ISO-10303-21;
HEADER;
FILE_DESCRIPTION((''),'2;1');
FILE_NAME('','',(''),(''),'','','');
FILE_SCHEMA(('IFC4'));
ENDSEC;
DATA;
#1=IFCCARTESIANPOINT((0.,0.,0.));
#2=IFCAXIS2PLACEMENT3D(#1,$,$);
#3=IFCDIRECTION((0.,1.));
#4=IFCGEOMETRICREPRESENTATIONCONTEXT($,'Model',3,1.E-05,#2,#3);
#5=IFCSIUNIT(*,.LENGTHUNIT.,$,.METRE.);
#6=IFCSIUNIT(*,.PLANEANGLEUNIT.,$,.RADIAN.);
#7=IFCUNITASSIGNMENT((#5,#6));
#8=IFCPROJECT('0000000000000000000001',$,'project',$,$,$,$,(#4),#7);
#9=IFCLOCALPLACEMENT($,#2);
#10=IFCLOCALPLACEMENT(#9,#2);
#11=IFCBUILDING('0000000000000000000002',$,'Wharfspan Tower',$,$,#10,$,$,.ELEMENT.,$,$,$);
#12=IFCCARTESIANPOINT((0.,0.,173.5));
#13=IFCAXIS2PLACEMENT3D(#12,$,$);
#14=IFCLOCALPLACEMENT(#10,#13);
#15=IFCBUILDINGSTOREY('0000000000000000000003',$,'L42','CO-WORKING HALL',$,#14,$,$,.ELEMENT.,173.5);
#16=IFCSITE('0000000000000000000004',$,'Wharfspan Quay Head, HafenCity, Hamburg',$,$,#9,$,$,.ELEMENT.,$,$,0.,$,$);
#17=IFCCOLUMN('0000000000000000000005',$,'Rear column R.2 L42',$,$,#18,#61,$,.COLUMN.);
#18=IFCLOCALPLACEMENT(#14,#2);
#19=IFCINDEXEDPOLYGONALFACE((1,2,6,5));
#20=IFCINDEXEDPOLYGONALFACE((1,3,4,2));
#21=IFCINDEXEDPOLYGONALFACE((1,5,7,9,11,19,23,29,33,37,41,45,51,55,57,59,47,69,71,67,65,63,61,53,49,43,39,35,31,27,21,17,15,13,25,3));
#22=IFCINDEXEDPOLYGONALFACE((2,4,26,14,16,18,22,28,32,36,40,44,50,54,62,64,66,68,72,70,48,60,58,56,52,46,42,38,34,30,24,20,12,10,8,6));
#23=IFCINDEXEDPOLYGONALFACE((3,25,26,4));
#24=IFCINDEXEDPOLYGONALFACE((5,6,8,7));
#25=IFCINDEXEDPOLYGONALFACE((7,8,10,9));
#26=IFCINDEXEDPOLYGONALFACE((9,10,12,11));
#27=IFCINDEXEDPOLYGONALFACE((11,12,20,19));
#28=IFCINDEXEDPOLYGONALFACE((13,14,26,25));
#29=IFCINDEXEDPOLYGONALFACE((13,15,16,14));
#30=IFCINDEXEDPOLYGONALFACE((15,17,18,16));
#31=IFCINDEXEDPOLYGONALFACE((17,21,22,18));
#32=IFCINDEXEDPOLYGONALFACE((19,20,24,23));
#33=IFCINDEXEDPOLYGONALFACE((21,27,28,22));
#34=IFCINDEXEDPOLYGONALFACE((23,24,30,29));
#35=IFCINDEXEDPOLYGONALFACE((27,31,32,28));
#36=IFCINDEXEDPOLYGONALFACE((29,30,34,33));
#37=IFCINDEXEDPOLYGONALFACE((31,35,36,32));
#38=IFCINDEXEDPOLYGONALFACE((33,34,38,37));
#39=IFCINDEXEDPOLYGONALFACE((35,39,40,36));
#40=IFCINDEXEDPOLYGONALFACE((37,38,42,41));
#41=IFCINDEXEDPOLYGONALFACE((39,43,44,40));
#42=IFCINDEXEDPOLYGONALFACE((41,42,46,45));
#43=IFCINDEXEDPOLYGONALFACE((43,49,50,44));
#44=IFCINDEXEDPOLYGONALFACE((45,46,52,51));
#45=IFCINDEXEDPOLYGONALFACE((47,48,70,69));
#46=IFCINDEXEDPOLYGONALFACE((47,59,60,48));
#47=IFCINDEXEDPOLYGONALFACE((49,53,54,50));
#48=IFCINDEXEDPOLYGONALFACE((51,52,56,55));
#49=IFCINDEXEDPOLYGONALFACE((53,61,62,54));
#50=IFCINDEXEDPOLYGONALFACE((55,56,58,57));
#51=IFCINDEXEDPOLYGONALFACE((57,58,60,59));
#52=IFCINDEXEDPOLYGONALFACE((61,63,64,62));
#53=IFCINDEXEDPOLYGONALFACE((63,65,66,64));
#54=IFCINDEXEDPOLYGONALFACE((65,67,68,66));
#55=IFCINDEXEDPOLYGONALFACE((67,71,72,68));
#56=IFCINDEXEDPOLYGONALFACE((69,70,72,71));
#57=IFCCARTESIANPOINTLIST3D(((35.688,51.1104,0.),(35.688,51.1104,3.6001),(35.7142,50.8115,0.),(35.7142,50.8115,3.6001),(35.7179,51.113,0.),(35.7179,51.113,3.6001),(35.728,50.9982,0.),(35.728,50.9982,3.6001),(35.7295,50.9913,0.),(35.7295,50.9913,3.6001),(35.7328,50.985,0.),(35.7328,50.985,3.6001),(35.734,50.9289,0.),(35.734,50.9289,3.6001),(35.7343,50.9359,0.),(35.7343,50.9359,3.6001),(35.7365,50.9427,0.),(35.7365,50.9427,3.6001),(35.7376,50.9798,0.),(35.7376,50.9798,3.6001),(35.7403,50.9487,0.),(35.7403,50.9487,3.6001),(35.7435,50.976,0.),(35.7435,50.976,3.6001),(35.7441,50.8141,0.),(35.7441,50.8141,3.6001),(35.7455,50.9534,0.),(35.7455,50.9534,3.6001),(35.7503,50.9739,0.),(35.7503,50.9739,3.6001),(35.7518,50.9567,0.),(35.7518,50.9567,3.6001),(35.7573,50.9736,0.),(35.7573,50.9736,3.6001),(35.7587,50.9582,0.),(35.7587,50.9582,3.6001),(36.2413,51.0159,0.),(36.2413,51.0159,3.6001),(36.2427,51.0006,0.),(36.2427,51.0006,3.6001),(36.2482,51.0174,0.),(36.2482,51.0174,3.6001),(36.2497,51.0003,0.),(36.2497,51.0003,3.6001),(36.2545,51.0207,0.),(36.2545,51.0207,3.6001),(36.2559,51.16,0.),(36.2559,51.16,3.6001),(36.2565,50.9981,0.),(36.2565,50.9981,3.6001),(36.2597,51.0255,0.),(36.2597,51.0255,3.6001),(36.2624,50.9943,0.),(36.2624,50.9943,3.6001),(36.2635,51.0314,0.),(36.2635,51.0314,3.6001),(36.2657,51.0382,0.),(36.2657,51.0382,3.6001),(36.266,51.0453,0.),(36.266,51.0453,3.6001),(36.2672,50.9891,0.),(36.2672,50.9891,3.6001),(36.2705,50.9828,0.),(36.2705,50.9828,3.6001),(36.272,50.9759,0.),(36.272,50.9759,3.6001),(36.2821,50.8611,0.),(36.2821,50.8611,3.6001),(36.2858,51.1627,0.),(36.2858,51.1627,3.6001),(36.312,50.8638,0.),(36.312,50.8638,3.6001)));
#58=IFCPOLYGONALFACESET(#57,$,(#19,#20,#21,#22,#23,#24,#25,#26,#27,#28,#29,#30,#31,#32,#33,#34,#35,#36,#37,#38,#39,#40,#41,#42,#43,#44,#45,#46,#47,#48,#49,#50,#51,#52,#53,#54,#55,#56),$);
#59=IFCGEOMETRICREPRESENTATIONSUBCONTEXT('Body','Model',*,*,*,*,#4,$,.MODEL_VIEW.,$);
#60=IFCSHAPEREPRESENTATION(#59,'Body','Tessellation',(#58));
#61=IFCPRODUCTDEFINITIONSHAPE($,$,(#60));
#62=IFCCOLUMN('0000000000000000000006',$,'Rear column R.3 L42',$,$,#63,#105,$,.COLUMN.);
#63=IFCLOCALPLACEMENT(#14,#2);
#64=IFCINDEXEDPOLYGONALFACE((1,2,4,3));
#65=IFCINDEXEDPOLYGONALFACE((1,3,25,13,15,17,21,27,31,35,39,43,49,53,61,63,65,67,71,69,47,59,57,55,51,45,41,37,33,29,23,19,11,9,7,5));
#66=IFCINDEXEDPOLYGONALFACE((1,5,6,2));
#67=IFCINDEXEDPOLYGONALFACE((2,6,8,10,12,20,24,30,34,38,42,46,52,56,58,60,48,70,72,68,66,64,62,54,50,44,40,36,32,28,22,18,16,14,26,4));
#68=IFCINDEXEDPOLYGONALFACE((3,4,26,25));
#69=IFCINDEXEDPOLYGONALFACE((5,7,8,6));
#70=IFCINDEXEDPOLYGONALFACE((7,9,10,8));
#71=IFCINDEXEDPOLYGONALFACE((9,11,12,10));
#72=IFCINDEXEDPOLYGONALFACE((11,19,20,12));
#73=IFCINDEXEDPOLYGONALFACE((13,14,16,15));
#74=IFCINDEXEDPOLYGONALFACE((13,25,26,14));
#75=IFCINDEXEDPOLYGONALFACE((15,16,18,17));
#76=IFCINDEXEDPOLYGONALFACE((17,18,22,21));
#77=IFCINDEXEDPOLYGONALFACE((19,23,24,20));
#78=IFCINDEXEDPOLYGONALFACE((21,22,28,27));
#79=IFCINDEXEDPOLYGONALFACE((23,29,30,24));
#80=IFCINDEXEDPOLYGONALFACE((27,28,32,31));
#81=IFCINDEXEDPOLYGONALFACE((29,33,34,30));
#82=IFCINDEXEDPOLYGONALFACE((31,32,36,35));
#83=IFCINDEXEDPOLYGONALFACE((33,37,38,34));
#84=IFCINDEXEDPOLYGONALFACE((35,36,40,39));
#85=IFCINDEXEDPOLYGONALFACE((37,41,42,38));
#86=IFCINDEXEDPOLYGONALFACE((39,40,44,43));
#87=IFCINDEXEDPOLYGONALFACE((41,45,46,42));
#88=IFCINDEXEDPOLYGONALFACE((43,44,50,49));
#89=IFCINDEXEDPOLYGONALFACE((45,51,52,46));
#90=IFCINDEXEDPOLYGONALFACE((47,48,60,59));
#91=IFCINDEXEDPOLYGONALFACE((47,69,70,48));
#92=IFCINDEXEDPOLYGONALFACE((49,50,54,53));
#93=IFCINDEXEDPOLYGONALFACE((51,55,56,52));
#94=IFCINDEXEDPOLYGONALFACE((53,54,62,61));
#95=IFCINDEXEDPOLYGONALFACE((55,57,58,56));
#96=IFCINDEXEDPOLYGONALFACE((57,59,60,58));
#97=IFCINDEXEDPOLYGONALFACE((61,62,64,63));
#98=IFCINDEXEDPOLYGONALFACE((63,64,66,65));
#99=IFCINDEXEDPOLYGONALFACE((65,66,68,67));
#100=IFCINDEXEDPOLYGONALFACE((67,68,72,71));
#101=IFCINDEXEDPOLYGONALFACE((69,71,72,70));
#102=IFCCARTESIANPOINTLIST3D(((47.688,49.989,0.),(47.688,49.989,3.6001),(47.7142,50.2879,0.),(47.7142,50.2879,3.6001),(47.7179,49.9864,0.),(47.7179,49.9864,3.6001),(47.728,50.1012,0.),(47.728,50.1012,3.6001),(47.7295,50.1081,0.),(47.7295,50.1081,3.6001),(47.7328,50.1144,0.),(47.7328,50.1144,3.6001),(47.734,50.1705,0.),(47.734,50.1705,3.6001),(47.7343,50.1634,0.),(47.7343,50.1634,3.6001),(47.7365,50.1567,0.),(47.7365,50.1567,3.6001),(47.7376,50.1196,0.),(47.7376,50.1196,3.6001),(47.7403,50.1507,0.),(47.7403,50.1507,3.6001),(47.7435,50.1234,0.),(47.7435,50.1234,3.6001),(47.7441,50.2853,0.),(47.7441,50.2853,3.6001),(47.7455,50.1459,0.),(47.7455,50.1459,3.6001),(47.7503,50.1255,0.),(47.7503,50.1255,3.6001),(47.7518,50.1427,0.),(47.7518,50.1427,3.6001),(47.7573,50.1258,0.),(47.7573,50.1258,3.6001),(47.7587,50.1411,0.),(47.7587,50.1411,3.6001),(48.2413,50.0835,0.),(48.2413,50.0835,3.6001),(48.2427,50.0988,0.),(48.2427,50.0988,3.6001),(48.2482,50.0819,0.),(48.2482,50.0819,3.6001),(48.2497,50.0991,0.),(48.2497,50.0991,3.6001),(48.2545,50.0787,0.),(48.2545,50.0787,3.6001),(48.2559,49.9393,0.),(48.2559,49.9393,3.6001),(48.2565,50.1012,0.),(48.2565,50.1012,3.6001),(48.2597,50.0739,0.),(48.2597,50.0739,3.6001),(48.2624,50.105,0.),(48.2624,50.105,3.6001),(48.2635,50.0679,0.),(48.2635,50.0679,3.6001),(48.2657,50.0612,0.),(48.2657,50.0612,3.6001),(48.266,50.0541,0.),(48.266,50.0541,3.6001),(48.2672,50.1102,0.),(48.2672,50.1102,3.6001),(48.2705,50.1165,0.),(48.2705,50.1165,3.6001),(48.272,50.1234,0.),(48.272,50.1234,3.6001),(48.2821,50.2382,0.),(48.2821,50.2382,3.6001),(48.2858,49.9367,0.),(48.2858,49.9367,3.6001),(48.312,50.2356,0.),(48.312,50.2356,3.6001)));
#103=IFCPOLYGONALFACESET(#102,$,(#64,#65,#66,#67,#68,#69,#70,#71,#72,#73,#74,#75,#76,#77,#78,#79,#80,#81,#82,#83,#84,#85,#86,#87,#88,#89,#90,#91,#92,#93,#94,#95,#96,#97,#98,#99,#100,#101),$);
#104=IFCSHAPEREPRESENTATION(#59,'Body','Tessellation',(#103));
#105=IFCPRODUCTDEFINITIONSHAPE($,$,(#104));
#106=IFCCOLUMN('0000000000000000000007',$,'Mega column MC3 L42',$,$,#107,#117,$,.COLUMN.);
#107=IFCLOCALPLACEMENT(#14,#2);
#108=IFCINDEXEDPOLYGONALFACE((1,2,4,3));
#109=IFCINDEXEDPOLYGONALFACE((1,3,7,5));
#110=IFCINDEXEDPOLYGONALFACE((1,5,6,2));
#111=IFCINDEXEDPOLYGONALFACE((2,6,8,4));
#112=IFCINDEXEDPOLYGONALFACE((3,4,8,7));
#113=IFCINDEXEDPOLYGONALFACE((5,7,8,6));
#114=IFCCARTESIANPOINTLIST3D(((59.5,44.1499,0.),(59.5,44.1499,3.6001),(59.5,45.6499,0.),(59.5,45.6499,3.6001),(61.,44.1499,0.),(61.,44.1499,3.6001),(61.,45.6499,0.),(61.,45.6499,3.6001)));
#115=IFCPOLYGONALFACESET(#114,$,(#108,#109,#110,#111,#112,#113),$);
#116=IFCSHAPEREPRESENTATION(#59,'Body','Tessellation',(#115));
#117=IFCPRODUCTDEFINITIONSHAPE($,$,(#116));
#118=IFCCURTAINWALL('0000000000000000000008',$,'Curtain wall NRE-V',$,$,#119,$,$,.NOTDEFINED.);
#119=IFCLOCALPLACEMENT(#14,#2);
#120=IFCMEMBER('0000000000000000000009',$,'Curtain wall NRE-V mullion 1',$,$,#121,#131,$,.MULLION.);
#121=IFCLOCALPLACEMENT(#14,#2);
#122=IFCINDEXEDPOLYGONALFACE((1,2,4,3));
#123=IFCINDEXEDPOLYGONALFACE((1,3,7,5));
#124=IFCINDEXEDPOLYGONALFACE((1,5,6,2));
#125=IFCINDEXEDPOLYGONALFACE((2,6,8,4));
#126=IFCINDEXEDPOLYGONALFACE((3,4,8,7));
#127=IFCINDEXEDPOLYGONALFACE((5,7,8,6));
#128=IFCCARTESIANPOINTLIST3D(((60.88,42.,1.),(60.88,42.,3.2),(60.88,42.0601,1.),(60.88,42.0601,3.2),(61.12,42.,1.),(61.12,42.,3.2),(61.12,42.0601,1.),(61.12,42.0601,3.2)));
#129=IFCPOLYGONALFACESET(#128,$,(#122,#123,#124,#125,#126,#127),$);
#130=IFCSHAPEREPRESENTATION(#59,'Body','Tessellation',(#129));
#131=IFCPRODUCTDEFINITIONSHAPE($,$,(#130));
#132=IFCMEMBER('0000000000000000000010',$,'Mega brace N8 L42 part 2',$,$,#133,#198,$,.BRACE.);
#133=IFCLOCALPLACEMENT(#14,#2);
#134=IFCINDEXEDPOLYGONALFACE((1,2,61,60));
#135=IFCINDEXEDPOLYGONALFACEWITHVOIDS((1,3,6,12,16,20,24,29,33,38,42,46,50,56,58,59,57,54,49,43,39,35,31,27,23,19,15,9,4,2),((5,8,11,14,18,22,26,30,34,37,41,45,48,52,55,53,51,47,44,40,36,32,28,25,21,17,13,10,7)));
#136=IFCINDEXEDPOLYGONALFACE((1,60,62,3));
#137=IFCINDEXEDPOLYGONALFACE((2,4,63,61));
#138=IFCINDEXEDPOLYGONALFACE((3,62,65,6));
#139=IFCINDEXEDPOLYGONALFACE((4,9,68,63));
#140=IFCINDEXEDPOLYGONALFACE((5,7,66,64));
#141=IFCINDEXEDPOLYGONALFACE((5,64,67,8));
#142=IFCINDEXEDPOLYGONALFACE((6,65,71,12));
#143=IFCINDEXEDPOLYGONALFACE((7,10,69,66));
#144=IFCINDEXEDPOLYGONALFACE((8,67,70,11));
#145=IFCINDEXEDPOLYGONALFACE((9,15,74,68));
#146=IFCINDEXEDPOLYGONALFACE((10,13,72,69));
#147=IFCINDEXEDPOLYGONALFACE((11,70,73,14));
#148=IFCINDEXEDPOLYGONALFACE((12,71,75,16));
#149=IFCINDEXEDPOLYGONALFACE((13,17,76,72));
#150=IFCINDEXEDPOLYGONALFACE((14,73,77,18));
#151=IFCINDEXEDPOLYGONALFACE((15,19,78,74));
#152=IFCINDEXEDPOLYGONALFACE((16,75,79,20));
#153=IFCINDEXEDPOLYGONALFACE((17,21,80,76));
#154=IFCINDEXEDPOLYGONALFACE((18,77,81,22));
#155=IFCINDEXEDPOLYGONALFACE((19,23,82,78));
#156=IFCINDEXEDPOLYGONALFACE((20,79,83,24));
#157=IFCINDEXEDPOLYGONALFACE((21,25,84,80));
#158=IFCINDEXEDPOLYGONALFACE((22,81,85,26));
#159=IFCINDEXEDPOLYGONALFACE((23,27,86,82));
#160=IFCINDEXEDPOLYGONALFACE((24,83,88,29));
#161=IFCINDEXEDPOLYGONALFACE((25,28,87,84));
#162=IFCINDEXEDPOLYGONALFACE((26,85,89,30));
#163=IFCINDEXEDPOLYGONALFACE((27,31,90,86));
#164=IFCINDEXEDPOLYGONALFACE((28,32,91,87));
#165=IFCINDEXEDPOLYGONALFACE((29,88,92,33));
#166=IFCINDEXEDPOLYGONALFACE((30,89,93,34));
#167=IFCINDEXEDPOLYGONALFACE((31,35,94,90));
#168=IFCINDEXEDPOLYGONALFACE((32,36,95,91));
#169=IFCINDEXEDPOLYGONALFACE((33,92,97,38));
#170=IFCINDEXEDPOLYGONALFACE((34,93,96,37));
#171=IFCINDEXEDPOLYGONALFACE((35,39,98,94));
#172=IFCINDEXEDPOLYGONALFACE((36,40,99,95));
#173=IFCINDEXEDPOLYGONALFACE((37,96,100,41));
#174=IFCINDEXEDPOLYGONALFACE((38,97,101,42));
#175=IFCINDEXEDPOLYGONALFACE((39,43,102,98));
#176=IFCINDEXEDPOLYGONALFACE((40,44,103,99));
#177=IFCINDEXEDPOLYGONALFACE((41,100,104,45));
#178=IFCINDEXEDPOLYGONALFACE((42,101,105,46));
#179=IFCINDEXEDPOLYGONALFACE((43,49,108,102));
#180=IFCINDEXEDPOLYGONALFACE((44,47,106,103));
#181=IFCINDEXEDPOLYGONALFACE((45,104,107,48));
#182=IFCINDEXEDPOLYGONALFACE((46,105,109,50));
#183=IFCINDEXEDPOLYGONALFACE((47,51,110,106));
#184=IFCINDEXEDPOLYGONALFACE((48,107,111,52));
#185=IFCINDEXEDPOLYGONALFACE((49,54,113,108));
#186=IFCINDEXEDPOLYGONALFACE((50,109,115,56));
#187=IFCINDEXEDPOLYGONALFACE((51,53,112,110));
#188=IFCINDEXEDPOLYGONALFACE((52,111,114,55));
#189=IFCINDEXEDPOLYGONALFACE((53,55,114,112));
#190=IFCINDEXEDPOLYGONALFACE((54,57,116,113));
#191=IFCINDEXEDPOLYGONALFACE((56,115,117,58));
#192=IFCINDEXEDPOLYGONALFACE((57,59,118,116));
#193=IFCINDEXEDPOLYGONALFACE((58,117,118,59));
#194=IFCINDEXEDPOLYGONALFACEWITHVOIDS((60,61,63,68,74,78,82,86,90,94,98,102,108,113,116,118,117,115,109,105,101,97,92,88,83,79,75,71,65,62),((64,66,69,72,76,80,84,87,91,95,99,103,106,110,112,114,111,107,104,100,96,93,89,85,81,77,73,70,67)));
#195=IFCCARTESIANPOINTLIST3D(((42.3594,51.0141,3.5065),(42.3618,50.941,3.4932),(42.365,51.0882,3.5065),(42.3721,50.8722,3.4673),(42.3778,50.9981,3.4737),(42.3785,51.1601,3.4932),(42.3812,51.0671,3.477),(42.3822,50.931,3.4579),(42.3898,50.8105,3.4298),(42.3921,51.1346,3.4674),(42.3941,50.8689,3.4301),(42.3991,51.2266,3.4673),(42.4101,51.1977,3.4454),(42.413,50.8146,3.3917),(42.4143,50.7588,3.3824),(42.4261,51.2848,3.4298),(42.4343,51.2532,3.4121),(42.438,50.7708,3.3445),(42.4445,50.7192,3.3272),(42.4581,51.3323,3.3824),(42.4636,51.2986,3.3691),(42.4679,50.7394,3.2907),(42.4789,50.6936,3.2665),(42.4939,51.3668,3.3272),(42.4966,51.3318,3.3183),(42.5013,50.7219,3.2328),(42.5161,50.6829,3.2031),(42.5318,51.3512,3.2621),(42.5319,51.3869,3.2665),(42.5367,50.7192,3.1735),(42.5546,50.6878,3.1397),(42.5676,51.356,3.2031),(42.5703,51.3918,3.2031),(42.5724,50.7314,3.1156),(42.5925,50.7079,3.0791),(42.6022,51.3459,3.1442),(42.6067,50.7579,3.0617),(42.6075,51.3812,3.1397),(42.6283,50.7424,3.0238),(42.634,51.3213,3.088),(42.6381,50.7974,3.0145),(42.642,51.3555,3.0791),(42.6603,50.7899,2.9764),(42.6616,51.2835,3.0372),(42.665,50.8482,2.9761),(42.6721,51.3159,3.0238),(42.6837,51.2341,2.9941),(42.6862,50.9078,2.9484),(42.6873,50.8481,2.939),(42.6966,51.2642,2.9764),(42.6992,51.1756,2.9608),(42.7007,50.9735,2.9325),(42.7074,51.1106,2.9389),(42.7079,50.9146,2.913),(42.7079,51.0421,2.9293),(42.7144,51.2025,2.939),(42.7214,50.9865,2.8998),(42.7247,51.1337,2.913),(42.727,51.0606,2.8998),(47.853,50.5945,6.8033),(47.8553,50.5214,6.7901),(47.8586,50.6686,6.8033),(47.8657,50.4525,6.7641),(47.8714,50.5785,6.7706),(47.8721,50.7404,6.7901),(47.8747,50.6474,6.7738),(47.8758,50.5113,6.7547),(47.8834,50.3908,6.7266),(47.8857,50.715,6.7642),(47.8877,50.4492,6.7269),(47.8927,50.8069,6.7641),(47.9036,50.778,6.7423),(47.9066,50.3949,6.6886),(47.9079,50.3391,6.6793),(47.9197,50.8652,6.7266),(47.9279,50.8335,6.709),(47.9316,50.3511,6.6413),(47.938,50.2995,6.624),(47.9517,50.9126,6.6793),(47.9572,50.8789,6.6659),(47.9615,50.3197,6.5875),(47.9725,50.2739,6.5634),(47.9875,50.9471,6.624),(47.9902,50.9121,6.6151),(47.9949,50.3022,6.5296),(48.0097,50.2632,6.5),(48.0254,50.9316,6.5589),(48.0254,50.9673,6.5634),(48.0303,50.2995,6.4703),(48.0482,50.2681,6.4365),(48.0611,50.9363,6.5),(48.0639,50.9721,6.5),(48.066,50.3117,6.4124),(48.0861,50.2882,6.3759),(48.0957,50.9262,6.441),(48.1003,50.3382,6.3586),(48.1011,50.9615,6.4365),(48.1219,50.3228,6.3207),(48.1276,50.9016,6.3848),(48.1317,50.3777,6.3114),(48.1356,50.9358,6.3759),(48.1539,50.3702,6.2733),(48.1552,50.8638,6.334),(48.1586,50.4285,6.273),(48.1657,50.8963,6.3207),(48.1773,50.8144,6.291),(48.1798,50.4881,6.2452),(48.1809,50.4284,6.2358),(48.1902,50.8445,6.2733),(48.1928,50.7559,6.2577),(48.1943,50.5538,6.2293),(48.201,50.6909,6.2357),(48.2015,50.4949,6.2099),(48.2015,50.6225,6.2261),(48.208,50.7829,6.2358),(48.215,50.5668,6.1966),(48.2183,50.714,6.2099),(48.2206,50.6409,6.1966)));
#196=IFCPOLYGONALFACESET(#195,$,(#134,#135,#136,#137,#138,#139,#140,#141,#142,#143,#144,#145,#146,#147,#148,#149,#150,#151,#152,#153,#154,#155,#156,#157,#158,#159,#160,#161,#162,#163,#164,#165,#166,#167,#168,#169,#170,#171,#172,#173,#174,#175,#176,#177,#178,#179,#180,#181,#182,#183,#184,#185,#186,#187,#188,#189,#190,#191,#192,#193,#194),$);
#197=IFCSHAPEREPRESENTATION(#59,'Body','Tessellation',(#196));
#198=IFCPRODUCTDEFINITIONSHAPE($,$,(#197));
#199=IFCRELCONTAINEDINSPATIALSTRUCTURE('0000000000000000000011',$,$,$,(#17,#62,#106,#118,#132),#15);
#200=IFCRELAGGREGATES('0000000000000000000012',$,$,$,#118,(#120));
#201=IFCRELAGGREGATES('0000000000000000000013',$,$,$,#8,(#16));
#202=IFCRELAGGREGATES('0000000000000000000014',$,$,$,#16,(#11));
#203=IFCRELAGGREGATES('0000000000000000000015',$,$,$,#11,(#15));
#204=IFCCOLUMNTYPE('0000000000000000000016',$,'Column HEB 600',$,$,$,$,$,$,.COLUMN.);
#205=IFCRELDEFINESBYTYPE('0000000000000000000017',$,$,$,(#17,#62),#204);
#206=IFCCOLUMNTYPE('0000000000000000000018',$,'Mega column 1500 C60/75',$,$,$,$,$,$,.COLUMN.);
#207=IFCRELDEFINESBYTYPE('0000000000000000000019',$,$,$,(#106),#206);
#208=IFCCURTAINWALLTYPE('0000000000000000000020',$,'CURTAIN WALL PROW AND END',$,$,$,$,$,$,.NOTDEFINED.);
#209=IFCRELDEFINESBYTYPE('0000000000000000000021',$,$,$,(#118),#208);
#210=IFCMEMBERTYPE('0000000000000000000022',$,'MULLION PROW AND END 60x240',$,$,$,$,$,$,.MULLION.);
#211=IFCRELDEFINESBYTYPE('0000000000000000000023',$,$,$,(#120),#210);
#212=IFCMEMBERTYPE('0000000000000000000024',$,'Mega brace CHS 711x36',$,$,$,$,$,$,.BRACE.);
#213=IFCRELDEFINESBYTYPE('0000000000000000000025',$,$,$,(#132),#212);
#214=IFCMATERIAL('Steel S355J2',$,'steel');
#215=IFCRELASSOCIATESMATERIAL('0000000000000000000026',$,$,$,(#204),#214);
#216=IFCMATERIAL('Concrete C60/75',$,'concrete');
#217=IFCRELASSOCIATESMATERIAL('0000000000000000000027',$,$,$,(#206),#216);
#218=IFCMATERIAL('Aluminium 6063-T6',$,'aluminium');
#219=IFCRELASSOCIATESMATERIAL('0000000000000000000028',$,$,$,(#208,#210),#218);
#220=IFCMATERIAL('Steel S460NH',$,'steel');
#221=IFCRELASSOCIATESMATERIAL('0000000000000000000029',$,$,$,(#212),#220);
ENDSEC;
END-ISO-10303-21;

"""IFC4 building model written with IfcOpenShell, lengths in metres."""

from ifc_helpers import new_model, si_unit, direction, frame, origin, origin_2d, place, context, subcontext, project, spatial, rectangle, hollow_circle, i_section, extrude, material, material_profile, profile_set, type_object, element, aggregate, save


model = new_model("IFC4")

# Units and contexts
model_context = context("Model", 3, precision=1e-05, world=origin(), true_north=direction((0.0, 1.0)))
body_context = subcontext(model_context, "Body", "Model", "MODEL_VIEW")
ifc_project = project(units=[si_unit("LENGTHUNIT", "METRE"), si_unit("PLANEANGLEUNIT", "RADIAN")], contexts=[model_context])

# Site, building, storey
site_placement = place(None, origin())
site = spatial("IfcSite", under=ifc_project, at=site_placement, Name="Wharfspan Quay Head, HafenCity, Hamburg", CompositionType="ELEMENT", RefElevation=0.0)
building_placement = place(site_placement, origin())
building = spatial("IfcBuilding", under=site, at=building_placement, Name="Wharfspan Tower", CompositionType="ELEMENT")
storey_placement = place(building_placement, frame((0.0, 0.0, 173.5)))
storey = spatial("IfcBuildingStorey", under=building, at=storey_placement, Name="L42", Description="CO-WORKING HALL", CompositionType="ELEMENT", Elevation=173.5)

# Columns
ifc_material_1 = material(Name="Steel S355J2", Category="steel")
ifc_material_profile_1 = material_profile(ifc_material_1, i_section(OverallWidth=0.3, OverallDepth=0.6001, WebThickness=0.0154, FlangeThickness=0.03, FilletRadius=0.0271, at=origin_2d()))
ifc_profile_set_1 = profile_set([ifc_material_profile_1], Name="Steel S355J2")
column_type_1 = type_object("IfcColumnType", Name="Column HEB 600", PredefinedType="COLUMN", material=ifc_profile_set_1)
for number, where, z_axis, x_axis, name in (
    (1, (36.0, 50.9871, 0.0), (0.0, 0.0, 1.0), (-0.087156, 0.996198, 0.0), "Rear column R.2 L42"),
    (2, (48.0, 50.1123, 0.0), (0.0, 0.0, 1.0), (0.087156, 0.996198, 0.0), "Rear column R.3 L42"),
):
    element("IfcColumn", number, at=place(storey_placement, frame(where, z_axis=z_axis, x_axis=x_axis)), inside=storey, type_object=column_type_1, Name=name, PredefinedType="COLUMN", context=body_context, shape_type="SweptSolid", body=[
        extrude(i_section(OverallWidth=0.3, OverallDepth=0.6001, WebThickness=0.0154, FlangeThickness=0.03, FilletRadius=0.0271, at=origin_2d()), origin(), (0.0, 0.0, 1.0), 3.6001),
    ])
ifc_material_2 = material(Name="Concrete C60/75", Category="concrete")
ifc_material_profile_2 = material_profile(ifc_material_2, rectangle(XDim=1.5, YDim=1.5, at=origin_2d()))
ifc_profile_set_2 = profile_set([ifc_material_profile_2], Name="Concrete C60/75")
column_type_2 = type_object("IfcColumnType", Name="Mega column 1500 C60/75", PredefinedType="COLUMN", material=ifc_profile_set_2)
column_placement = place(storey_placement, frame((60.25, 44.8999, 0.0), z_axis=(0.0, 0.0, 1.0), x_axis=(1.0, 0.0, 0.0)))
element("IfcColumn", 3, at=column_placement, inside=storey, type_object=column_type_2, Name="Mega column MC3 L42", PredefinedType="COLUMN", context=body_context, shape_type="SweptSolid", body=[
    extrude(rectangle(XDim=1.5, YDim=1.5, at=origin_2d()), origin(), (0.0, 0.0, 1.0), 3.6001),
])

# Curtain wall, member
ifc_material_3 = material(Name="Aluminium 6063-T6", Category="aluminium")
curtain_wall_type = type_object("IfcCurtainWallType", Name="CURTAIN WALL PROW AND END", PredefinedType="NOTDEFINED", material=ifc_material_3)
curtain_wall_placement = place(storey_placement, origin())
curtain_wall = element("IfcCurtainWall", 4, at=curtain_wall_placement, inside=storey, type_object=curtain_wall_type, Name="Curtain wall NRE-V", PredefinedType="NOTDEFINED")
ifc_material_profile_3 = material_profile(ifc_material_3, rectangle(XDim=0.24, YDim=0.0601, at=origin_2d()))
ifc_profile_set_3 = profile_set([ifc_material_profile_3], Name="Aluminium 6063-T6")
member_type_1 = type_object("IfcMemberType", Name="MULLION PROW AND END 60x240", PredefinedType="MULLION", material=ifc_profile_set_3)
member_1_placement = place(storey_placement, frame((61.0, 42.03, 1.0), z_axis=(0.0, 0.0, 1.0), x_axis=(-1.0, 0.0, 0.0)))
member_1 = element("IfcMember", 5, at=member_1_placement, type_object=member_type_1, Name="Curtain wall NRE-V mullion 1", PredefinedType="MULLION", context=body_context, shape_type="SweptSolid", body=[
    extrude(rectangle(XDim=0.24, YDim=0.0601, at=origin_2d()), origin(), (0.0, 0.0, 1.0), 2.2),
])

# Member
ifc_material_4 = material(Name="Steel S460NH", Category="steel")
ifc_material_profile_4 = material_profile(ifc_material_4, hollow_circle(Radius=0.3555, WallThickness=0.0359, at=origin_2d()))
ifc_profile_set_4 = profile_set([ifc_material_profile_4], Name="Steel S460NH")
member_type_2 = type_object("IfcMemberType", Name="Mega brace CHS 711x36", PredefinedType="BRACE", material=ifc_profile_set_4)
for number, where, z_axis, x_axis, name in (
    (6, (42.5432, 51.0374, 3.2031), (0.855612, -0.065363, 0.513474), (0.07617, 0.997093, 0.000002), "Mega brace N8 L42 part 2"),
):
    element("IfcMember", number, at=place(storey_placement, frame(where, z_axis=z_axis, x_axis=x_axis)), inside=storey, type_object=member_type_2, Name=name, PredefinedType="BRACE", context=body_context, shape_type="SweptSolid", body=[
        extrude(hollow_circle(Radius=0.3555, WallThickness=0.0359, at=origin_2d()), origin(), (0.0, 0.0, 1.0), 6.4207),
    ])

aggregate(curtain_wall, [member_1])

save(model, "model.ifc")
